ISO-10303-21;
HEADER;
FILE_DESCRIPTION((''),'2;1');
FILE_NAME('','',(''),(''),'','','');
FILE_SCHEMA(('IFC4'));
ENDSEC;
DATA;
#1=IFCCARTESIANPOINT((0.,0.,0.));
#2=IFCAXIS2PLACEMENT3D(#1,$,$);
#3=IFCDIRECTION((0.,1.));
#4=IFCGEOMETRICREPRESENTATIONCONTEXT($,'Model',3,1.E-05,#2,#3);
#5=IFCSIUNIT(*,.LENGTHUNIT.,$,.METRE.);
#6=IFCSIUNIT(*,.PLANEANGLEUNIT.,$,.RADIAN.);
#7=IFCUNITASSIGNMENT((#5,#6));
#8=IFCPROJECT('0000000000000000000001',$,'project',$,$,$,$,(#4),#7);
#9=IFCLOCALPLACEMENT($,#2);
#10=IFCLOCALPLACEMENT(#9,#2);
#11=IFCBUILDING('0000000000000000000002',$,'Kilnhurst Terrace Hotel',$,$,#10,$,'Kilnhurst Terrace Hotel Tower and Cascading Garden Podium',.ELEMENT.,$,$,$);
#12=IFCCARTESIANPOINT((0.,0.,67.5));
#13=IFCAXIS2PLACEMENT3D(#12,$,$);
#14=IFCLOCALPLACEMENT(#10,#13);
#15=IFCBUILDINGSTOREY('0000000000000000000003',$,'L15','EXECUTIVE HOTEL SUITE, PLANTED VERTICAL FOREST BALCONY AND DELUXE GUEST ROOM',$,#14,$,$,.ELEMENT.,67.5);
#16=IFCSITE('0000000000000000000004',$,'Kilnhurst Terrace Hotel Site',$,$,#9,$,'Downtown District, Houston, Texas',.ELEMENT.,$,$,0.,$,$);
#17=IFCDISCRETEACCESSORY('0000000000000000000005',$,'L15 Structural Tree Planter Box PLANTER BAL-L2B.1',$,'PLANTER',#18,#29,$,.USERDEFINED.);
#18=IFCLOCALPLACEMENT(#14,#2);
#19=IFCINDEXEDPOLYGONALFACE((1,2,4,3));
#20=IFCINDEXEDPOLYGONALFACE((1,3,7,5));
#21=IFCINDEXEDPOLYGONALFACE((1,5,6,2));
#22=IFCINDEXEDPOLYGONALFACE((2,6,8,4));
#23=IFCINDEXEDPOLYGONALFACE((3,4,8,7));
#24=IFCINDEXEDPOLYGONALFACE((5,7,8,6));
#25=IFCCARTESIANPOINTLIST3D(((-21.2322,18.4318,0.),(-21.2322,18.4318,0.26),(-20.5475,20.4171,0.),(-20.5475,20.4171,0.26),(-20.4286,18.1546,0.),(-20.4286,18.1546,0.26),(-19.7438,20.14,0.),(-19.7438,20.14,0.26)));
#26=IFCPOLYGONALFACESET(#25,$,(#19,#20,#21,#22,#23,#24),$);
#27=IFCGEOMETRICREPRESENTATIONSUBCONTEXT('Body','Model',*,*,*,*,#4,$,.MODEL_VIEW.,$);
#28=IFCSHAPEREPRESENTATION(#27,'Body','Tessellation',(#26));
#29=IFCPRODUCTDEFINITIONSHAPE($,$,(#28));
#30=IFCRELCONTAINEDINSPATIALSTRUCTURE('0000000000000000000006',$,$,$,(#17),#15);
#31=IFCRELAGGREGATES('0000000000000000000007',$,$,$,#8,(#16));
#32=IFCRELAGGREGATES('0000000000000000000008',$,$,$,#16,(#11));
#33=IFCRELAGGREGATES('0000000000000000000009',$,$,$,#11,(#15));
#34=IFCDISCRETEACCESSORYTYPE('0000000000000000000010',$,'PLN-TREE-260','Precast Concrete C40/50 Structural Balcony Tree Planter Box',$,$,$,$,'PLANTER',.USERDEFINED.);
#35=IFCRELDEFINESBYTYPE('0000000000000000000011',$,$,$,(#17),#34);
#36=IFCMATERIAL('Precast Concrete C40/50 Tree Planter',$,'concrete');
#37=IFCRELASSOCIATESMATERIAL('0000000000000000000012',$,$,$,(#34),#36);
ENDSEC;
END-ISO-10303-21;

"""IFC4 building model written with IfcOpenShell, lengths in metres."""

from ifc_helpers import new_model, si_unit, direction, frame, origin, origin_2d, place, context, subcontext, project, spatial, rectangle, extrude, material, type_object, element, save


model = new_model("IFC4")

# Units and contexts
model_context = context("Model", 3, precision=1e-05, world=origin(), true_north=direction((0.0, 1.0)))
body_context = subcontext(model_context, "Body", "Model", "MODEL_VIEW")
ifc_project = project(units=[si_unit("LENGTHUNIT", "METRE"), si_unit("PLANEANGLEUNIT", "RADIAN")], contexts=[model_context])

# Site, building, storey
site_placement = place(None, origin())
site = spatial("IfcSite", under=ifc_project, at=site_placement, Name="Kilnhurst Terrace Hotel Site", LongName="Downtown District, Houston, Texas", CompositionType="ELEMENT", RefElevation=0.0)
building_placement = place(site_placement, origin())
building = spatial("IfcBuilding", under=site, at=building_placement, Name="Kilnhurst Terrace Hotel", LongName="Kilnhurst Terrace Hotel Tower and Cascading Garden Podium", CompositionType="ELEMENT")
storey_placement = place(building_placement, frame((0.0, 0.0, 67.5)))
storey = spatial("IfcBuildingStorey", under=building, at=storey_placement, Name="L15", Description="EXECUTIVE HOTEL SUITE, PLANTED VERTICAL FOREST BALCONY AND DELUXE GUEST ROOM", CompositionType="ELEMENT", Elevation=67.5)

# Discrete accessory
ifc_material_1 = material(Name="Precast Concrete C40/50 Tree Planter", Category="concrete")
discrete_accessory_type_1 = type_object("IfcDiscreteAccessoryType", Name="PLN-TREE-260", Description="Precast Concrete C40/50 Structural Balcony Tree Planter Box", ElementType="PLANTER", PredefinedType="USERDEFINED", material=ifc_material_1)
discrete_accessory_1_placement = place(storey_placement, frame((-20.488, 19.2859, 0.0), z_axis=(0.0, 0.0, 1.0), x_axis=(-0.326063, -0.945348, 0.0)))
element("IfcDiscreteAccessory", 1, at=discrete_accessory_1_placement, inside=storey, type_object=discrete_accessory_type_1, Name="L15 Structural Tree Planter Box PLANTER BAL-L2B.1", ObjectType="PLANTER", PredefinedType="USERDEFINED", context=body_context, shape_type="SweptSolid", body=[
    extrude(rectangle(XDim=2.1001, YDim=0.8501, at=origin_2d()), origin(), (0.0, 0.0, 1.0), 0.26),
])

save(model, "model.ifc")
